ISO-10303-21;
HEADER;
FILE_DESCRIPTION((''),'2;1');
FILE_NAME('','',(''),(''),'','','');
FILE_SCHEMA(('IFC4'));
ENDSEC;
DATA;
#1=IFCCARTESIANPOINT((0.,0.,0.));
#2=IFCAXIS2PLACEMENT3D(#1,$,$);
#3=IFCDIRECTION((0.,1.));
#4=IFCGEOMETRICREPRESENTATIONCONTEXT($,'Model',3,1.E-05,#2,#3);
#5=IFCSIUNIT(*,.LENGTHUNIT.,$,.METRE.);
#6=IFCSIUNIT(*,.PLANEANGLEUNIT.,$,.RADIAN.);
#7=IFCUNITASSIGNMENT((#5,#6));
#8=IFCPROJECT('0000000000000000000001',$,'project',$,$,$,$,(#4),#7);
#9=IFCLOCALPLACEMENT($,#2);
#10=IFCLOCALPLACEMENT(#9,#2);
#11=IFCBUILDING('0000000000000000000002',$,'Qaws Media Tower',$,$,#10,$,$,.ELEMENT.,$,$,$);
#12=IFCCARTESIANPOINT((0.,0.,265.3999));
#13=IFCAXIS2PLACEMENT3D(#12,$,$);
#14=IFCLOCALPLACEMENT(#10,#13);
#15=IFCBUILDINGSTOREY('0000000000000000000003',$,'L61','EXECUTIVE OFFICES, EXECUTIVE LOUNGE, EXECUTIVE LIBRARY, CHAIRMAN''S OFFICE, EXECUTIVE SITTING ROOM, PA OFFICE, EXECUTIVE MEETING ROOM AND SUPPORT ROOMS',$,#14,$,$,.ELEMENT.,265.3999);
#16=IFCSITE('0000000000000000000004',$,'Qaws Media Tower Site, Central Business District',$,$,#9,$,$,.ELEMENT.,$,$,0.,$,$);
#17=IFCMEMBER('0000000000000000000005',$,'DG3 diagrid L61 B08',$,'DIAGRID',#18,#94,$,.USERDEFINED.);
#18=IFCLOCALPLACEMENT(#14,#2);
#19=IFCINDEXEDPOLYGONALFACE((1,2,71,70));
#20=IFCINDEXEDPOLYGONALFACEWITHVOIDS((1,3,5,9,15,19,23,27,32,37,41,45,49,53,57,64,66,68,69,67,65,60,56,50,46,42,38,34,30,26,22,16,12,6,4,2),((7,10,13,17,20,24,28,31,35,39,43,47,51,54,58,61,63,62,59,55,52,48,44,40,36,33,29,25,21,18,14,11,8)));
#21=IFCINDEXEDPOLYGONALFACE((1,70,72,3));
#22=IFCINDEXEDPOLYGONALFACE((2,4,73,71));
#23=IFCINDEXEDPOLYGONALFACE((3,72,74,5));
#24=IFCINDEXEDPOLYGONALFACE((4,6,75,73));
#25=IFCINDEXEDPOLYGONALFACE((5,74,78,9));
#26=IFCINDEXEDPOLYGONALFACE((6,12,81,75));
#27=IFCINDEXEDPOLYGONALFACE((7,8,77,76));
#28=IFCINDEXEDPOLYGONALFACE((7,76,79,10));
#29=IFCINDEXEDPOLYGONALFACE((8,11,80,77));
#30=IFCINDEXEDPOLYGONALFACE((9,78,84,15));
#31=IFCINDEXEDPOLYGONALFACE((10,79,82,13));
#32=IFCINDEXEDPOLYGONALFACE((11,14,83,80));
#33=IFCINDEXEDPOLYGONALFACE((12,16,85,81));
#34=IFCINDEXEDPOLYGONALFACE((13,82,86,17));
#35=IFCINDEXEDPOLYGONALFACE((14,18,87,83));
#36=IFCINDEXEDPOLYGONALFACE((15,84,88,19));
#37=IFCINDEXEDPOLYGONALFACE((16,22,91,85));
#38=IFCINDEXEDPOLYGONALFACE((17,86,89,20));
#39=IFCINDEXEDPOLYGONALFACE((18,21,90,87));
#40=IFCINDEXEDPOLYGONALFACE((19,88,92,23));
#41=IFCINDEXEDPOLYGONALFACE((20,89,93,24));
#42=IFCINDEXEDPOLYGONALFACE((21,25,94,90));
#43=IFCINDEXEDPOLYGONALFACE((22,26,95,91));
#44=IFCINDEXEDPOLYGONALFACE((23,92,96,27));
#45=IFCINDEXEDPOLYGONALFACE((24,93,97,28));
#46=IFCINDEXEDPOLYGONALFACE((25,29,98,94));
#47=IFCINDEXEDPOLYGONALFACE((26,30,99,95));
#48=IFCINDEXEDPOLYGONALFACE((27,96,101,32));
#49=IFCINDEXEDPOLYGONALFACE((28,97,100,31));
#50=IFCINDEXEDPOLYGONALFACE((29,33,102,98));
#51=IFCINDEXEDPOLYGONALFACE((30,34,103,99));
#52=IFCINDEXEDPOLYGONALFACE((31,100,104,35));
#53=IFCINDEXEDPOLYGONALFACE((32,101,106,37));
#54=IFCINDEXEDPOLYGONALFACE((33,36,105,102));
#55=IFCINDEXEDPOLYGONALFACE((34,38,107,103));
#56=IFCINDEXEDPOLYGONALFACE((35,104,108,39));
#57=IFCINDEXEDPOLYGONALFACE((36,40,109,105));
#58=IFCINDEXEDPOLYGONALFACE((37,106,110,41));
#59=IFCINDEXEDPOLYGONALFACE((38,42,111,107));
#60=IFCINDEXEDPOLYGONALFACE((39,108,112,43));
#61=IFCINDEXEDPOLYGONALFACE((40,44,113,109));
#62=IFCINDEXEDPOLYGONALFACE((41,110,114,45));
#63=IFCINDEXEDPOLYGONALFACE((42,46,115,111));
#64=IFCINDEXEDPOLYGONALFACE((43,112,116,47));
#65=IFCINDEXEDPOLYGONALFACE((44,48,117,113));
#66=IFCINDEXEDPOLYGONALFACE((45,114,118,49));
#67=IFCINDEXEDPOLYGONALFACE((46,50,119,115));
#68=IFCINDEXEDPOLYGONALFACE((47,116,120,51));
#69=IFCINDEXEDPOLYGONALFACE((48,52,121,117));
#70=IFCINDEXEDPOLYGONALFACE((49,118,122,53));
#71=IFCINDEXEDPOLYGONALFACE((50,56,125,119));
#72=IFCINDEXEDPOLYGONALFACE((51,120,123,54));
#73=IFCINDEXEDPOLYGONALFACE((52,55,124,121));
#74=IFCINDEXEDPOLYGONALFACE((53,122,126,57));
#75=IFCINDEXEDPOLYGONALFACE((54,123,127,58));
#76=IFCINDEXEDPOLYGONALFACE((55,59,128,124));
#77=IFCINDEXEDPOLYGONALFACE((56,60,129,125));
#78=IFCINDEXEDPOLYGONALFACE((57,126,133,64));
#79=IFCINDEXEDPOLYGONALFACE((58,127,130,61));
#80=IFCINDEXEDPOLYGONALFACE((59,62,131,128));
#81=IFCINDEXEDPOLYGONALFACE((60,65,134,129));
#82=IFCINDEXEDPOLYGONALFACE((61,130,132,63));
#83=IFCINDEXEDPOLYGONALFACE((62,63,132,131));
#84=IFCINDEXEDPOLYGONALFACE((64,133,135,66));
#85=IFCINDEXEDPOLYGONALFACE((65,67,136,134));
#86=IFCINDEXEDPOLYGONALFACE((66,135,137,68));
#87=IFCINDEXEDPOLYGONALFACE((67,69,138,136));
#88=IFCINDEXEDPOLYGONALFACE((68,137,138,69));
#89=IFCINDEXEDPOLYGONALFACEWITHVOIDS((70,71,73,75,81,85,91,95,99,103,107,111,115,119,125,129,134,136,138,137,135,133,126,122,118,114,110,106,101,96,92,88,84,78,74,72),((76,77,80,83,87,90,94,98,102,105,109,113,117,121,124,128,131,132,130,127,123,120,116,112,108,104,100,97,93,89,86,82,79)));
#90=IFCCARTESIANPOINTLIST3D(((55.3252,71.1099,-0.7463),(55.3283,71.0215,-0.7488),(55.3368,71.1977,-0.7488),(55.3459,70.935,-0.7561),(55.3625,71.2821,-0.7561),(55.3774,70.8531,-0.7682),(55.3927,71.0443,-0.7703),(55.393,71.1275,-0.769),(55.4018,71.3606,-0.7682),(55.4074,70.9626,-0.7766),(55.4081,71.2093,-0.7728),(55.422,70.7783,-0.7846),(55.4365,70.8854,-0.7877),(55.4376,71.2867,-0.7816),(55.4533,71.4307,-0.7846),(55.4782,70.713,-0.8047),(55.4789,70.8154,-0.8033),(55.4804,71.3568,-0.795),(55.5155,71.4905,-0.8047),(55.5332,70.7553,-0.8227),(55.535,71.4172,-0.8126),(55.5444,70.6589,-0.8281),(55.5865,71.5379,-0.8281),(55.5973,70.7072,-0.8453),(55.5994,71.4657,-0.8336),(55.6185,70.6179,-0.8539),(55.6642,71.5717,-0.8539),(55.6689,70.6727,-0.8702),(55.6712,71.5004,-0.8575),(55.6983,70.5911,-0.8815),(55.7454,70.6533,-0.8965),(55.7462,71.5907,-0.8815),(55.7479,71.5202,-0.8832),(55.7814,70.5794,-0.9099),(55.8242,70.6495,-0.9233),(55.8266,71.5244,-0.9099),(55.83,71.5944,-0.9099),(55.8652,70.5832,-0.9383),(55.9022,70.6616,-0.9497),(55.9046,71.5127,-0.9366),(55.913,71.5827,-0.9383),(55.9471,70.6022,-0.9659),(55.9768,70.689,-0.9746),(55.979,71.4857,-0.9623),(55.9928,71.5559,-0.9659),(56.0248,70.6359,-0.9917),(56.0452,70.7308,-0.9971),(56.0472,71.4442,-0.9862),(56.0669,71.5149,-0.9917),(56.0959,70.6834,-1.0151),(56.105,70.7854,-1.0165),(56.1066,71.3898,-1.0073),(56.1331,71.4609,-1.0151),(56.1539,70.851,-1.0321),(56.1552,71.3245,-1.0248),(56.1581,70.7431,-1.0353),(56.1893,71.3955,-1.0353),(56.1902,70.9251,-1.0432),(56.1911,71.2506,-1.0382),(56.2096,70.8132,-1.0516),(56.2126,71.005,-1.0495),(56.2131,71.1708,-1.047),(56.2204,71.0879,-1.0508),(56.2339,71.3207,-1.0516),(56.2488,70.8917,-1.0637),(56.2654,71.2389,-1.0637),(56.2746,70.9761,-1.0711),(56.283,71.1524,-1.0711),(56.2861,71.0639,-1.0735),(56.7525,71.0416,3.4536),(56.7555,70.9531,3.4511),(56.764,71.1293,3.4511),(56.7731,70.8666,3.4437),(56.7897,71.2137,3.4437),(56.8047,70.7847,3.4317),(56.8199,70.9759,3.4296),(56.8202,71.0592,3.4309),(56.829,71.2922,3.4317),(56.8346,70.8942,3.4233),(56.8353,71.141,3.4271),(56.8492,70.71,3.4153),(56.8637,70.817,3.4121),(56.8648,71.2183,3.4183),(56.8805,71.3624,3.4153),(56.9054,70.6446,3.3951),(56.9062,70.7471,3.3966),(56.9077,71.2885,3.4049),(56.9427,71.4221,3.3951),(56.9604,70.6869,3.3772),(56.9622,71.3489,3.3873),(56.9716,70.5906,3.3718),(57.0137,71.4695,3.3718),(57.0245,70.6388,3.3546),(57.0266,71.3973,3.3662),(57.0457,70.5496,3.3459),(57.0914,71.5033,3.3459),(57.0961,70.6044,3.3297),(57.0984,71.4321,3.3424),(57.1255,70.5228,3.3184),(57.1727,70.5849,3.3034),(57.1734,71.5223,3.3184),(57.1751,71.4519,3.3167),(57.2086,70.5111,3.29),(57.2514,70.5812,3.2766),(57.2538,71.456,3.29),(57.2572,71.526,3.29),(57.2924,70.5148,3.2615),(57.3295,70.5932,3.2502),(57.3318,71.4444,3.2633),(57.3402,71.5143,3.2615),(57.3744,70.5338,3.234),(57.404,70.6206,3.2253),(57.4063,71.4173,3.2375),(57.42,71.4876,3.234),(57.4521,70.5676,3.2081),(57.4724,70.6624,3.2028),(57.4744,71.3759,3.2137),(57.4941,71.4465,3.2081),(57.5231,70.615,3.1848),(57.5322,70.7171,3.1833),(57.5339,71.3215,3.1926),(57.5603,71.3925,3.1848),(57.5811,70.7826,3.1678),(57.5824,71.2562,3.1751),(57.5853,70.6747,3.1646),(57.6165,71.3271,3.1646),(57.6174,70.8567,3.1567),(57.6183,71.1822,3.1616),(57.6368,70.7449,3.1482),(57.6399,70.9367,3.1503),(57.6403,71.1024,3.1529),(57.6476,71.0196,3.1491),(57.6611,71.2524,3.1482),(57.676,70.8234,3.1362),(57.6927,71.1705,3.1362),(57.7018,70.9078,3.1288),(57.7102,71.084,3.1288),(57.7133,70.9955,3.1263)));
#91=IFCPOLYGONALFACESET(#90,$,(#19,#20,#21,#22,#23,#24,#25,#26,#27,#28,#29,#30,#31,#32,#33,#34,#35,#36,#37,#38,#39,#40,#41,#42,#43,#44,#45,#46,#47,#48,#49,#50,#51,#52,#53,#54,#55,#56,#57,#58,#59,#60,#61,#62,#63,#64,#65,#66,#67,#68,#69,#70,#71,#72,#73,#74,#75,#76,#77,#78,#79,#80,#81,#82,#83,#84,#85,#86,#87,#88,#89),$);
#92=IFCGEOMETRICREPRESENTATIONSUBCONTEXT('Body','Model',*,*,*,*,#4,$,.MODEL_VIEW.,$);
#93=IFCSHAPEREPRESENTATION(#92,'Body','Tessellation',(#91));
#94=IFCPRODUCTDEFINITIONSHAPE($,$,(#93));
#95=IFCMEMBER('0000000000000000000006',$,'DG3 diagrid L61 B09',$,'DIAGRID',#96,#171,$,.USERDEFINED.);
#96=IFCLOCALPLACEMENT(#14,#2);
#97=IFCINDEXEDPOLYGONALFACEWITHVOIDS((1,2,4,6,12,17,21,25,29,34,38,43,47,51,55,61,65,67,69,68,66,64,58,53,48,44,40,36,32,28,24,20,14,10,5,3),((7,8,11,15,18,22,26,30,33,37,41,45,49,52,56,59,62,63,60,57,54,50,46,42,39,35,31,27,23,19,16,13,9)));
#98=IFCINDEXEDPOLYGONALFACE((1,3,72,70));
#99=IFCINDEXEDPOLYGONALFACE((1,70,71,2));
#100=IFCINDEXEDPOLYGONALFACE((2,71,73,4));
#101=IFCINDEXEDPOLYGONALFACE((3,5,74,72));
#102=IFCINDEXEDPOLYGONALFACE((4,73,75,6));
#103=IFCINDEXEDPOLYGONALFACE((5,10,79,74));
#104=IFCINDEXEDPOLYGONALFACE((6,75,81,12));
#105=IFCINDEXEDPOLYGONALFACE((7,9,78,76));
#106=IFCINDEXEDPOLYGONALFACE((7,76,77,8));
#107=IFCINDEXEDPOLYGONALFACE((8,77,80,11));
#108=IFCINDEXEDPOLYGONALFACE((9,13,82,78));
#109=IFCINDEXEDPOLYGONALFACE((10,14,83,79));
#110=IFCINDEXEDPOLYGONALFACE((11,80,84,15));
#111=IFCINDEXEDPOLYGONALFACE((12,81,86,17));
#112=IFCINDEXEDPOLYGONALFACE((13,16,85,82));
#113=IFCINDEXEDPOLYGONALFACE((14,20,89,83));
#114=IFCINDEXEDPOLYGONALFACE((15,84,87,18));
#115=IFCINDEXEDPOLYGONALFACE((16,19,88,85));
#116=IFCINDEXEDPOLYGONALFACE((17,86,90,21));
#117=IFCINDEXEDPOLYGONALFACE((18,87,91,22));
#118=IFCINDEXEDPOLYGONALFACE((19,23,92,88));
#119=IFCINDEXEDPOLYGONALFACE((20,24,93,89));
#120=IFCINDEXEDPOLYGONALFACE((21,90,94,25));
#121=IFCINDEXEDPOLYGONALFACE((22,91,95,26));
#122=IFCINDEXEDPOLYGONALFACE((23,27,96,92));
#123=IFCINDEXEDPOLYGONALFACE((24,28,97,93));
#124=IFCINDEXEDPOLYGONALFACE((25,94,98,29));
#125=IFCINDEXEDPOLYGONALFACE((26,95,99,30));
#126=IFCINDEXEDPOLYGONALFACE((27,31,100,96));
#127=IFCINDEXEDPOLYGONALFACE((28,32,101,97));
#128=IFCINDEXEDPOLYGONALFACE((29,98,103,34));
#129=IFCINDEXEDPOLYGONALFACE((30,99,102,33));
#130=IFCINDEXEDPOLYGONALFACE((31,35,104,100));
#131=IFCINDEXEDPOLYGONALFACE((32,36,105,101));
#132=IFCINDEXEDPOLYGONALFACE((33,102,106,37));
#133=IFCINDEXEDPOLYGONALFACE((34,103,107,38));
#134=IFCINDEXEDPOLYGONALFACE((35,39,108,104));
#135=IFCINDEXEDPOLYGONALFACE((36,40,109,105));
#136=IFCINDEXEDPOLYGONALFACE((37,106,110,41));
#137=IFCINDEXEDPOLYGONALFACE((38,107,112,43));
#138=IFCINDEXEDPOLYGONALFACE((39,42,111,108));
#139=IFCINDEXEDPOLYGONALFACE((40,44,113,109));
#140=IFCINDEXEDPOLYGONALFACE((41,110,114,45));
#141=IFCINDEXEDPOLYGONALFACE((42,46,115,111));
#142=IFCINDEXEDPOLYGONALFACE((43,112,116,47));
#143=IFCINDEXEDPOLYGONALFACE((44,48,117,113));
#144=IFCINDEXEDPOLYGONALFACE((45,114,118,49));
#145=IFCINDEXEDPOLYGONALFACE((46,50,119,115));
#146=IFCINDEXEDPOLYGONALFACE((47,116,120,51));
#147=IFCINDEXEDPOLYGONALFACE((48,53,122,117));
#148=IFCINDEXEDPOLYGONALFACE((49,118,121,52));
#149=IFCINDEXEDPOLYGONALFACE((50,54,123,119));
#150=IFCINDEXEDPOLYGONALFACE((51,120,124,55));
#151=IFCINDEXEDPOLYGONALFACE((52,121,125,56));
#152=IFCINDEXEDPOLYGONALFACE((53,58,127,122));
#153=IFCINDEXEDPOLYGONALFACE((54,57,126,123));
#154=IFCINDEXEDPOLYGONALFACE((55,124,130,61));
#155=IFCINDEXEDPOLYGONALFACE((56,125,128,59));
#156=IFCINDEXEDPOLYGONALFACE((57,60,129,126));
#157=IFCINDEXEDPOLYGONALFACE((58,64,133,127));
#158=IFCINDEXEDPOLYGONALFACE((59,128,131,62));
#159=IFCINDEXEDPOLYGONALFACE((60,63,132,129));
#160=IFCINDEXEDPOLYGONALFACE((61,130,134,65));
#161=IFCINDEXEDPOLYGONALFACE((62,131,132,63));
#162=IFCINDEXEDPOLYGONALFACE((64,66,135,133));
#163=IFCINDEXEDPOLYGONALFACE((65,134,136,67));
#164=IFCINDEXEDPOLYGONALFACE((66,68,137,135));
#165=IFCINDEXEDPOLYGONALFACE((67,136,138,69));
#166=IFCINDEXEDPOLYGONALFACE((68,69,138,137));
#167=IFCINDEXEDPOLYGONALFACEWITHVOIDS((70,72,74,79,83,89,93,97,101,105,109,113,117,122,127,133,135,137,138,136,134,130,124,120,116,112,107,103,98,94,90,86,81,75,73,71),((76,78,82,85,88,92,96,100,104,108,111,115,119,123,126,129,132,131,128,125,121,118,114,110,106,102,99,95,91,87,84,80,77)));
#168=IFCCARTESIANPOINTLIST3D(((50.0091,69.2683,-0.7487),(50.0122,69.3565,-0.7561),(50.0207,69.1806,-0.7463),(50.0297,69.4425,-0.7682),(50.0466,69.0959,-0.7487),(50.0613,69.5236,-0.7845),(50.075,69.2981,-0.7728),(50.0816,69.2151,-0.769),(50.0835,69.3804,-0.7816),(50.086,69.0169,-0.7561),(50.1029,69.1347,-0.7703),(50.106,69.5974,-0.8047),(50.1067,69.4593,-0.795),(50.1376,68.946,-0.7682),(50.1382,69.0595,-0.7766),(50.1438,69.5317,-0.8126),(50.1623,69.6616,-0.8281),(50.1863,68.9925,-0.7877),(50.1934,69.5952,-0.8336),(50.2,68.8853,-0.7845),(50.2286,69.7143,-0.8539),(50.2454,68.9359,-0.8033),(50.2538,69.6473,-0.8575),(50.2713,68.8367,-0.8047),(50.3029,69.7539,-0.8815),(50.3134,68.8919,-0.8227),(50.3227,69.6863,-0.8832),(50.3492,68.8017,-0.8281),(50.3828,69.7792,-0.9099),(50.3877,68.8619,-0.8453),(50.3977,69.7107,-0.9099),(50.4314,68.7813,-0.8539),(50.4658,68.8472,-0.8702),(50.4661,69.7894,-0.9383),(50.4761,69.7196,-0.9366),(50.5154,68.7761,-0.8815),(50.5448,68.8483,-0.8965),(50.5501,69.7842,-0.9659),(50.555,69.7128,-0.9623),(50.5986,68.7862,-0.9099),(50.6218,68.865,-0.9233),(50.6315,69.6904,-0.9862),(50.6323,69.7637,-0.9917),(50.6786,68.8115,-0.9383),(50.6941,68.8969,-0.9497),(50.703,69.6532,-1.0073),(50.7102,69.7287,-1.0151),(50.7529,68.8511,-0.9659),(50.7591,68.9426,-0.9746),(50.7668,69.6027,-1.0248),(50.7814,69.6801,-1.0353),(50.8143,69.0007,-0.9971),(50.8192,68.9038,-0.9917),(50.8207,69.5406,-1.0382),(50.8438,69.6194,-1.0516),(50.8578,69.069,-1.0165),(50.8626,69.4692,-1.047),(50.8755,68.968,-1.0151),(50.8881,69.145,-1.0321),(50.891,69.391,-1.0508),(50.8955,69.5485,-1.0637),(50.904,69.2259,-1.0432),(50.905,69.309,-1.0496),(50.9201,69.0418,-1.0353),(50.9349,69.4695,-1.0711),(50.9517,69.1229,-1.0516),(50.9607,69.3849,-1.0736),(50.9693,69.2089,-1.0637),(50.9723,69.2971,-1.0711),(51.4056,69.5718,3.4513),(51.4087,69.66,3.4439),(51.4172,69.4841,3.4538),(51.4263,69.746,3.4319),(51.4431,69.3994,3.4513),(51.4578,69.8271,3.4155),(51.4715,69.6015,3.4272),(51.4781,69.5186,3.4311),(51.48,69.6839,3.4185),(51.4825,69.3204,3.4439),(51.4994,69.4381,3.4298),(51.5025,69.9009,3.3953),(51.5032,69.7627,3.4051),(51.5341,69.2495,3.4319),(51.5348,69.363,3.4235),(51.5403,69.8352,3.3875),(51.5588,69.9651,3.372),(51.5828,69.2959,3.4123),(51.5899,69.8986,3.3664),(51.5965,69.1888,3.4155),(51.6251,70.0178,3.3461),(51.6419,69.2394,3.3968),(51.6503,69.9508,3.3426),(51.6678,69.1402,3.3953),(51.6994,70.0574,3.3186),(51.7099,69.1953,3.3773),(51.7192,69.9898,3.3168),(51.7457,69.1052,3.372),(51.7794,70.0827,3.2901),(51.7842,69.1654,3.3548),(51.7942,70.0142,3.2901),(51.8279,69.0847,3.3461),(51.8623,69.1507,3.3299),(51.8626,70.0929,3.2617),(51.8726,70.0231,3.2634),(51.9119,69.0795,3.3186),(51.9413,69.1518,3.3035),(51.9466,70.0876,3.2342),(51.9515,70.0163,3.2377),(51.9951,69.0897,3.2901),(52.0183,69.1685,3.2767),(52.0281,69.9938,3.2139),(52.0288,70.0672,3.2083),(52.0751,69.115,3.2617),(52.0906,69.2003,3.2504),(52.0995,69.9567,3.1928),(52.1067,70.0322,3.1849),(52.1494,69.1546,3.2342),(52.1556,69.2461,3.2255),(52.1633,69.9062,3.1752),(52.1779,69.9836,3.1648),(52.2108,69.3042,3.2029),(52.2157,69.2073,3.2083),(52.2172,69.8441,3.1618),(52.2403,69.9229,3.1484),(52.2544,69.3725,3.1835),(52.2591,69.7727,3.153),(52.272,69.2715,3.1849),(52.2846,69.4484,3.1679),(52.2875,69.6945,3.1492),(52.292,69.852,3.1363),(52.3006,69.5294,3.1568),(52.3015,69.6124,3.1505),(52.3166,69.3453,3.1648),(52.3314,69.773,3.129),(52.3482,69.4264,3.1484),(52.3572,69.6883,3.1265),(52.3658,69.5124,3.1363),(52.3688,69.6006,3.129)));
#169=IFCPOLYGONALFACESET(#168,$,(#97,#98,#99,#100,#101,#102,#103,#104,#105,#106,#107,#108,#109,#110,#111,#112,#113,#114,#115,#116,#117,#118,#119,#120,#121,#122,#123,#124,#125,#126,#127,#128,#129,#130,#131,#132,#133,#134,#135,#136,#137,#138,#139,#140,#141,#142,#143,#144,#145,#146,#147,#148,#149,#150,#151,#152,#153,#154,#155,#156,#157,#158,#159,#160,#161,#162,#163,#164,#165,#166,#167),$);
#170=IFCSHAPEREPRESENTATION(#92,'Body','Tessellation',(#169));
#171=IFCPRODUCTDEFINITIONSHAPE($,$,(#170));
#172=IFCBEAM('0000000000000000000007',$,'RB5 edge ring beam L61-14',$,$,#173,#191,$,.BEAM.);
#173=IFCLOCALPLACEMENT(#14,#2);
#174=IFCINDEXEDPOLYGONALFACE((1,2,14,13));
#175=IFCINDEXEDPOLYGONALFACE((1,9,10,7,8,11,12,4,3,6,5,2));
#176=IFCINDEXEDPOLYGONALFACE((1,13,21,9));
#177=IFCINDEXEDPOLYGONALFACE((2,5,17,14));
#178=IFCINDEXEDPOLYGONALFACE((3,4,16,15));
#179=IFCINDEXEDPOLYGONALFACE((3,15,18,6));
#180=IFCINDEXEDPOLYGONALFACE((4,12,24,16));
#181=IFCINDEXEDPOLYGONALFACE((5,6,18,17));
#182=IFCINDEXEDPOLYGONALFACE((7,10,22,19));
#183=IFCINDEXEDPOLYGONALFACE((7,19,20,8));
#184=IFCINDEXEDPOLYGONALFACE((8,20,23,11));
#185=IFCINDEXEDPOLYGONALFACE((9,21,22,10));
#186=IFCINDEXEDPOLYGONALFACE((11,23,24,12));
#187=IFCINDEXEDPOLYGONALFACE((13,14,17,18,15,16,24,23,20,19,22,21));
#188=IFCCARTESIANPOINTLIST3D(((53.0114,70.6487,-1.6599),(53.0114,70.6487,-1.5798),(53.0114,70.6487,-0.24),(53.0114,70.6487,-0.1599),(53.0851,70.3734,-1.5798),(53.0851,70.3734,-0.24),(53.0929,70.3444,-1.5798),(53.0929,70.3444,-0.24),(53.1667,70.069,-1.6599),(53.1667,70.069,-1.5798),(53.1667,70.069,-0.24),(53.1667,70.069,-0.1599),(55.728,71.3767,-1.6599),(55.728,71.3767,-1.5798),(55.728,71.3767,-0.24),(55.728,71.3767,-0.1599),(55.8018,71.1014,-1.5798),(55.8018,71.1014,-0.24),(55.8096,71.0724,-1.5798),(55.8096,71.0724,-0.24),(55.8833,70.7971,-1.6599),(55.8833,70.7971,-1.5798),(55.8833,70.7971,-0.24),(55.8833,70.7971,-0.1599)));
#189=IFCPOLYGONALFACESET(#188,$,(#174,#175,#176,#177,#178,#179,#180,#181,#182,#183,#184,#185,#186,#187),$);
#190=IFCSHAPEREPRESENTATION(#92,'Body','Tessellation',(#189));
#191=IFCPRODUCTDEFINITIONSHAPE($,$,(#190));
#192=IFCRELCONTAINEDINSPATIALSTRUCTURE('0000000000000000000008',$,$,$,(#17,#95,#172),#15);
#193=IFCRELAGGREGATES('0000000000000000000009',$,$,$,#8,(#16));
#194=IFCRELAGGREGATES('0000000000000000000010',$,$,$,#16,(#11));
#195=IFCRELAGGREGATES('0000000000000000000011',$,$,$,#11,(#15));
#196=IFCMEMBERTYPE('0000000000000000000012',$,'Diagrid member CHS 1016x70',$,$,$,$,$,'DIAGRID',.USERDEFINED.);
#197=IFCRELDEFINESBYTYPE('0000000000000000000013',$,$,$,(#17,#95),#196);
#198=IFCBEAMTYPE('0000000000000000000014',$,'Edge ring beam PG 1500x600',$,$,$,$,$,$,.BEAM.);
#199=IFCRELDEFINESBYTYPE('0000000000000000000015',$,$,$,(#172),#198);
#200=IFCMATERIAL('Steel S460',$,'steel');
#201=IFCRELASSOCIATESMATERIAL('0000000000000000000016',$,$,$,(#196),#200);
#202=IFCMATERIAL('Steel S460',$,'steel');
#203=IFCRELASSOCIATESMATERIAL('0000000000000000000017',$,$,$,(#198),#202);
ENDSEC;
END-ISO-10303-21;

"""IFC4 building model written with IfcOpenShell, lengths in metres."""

from ifc_helpers import new_model, si_unit, direction, frame, origin, origin_2d, place, context, subcontext, project, spatial, hollow_circle, i_section, extrude, material, material_profile, profile_set, type_object, element, save


model = new_model("IFC4")

# Units and contexts
model_context = context("Model", 3, precision=1e-05, world=origin(), true_north=direction((0.0, 1.0)))
body_context = subcontext(model_context, "Body", "Model", "MODEL_VIEW")
ifc_project = project(units=[si_unit("LENGTHUNIT", "METRE"), si_unit("PLANEANGLEUNIT", "RADIAN")], contexts=[model_context])

# Site, building, storey
site_placement = place(None, origin())
site = spatial("IfcSite", under=ifc_project, at=site_placement, Name="Qaws Media Tower Site, Central Business District", CompositionType="ELEMENT", RefElevation=0.0)
building_placement = place(site_placement, origin())
building = spatial("IfcBuilding", under=site, at=building_placement, Name="Qaws Media Tower", CompositionType="ELEMENT")
storey_placement = place(building_placement, frame((0.0, 0.0, 265.3999)))
storey = spatial("IfcBuildingStorey", under=building, at=storey_placement, Name="L61", Description="EXECUTIVE OFFICES, EXECUTIVE LOUNGE, EXECUTIVE LIBRARY, CHAIRMAN'S OFFICE, EXECUTIVE SITTING ROOM, PA OFFICE, EXECUTIVE MEETING ROOM AND SUPPORT ROOMS", CompositionType="ELEMENT", Elevation=265.3999)

# Members
ifc_material_1 = material(Name="Steel S460", Category="steel")
ifc_material_profile_1 = material_profile(ifc_material_1, hollow_circle(Radius=0.5081, WallThickness=0.0701, at=origin_2d()), Name="CHS 1016x70")
ifc_profile_set_1 = profile_set([ifc_material_profile_1], Name="Steel S460")
member_type_1 = type_object("IfcMemberType", Name="Diagrid member CHS 1016x70", ElementType="DIAGRID", PredefinedType="USERDEFINED", material=ifc_profile_set_1)
for number, where, z_axis, x_axis, name in (
    (1, (55.8057, 71.0869, -0.9099), (0.321716, -0.015409, 0.946711), (0.047841, 0.998855, 0.0), "DG3 diagrid L61 B08"),
):
    element("IfcMember", number, at=place(storey_placement, frame(where, z_axis=z_axis, x_axis=x_axis)), inside=storey, type_object=member_type_1, Name=name, ObjectType="DIAGRID", PredefinedType="USERDEFINED", context=body_context, shape_type="SweptSolid", body=[
        extrude(hollow_circle(Radius=0.5081, WallThickness=0.0701, at=origin_2d()), origin(), (0.0, 0.0, 1.0), 4.4363),
    ])
member_1_placement = place(storey_placement, frame((50.4907, 69.2827, -0.9099), z_axis=(0.314777, 0.068403, 0.946698), x_axis=(-0.212352, 0.977193, 0.0)))
element("IfcMember", 2, at=member_1_placement, inside=storey, type_object=member_type_1, Name="DG3 diagrid L61 B09", ObjectType="DIAGRID", PredefinedType="USERDEFINED", context=body_context, shape_type="SweptSolid", body=[
    extrude(hollow_circle(Radius=0.5081, WallThickness=0.0701, at=origin_2d()), origin(), (0.0, 0.0, 1.0), 4.4365),
])

# Beam
ifc_material_2 = material(Name="Steel S460", Category="steel")
ifc_material_profile_2 = material_profile(ifc_material_2, i_section(OverallWidth=0.6001, OverallDepth=1.5, WebThickness=0.03, FlangeThickness=0.0801, at=origin_2d()), Name="PG 1500x600")
ifc_profile_set_2 = profile_set([ifc_material_profile_2], Name="Steel S460")
beam_type_1 = type_object("IfcBeamType", Name="Edge ring beam PG 1500x600", PredefinedType="BEAM", material=ifc_profile_set_2)
for number, where, z_axis, x_axis, name in (
    (3, (55.8057, 71.0869, -0.9099), (-0.965914, -0.258862, 0.0), (0.258862, -0.965914, 0.0), "RB5 edge ring beam L61-14"),
):
    element("IfcBeam", number, at=place(storey_placement, frame(where, z_axis=z_axis, x_axis=x_axis)), inside=storey, type_object=beam_type_1, Name=name, PredefinedType="BEAM", context=body_context, shape_type="SweptSolid", body=[
        extrude(i_section(OverallWidth=0.6001, OverallDepth=1.5, WebThickness=0.03, FlangeThickness=0.0801, at=origin_2d()), origin(), (0.0, 0.0, 1.0), 2.8125),
    ])

save(model, "model.ifc")
